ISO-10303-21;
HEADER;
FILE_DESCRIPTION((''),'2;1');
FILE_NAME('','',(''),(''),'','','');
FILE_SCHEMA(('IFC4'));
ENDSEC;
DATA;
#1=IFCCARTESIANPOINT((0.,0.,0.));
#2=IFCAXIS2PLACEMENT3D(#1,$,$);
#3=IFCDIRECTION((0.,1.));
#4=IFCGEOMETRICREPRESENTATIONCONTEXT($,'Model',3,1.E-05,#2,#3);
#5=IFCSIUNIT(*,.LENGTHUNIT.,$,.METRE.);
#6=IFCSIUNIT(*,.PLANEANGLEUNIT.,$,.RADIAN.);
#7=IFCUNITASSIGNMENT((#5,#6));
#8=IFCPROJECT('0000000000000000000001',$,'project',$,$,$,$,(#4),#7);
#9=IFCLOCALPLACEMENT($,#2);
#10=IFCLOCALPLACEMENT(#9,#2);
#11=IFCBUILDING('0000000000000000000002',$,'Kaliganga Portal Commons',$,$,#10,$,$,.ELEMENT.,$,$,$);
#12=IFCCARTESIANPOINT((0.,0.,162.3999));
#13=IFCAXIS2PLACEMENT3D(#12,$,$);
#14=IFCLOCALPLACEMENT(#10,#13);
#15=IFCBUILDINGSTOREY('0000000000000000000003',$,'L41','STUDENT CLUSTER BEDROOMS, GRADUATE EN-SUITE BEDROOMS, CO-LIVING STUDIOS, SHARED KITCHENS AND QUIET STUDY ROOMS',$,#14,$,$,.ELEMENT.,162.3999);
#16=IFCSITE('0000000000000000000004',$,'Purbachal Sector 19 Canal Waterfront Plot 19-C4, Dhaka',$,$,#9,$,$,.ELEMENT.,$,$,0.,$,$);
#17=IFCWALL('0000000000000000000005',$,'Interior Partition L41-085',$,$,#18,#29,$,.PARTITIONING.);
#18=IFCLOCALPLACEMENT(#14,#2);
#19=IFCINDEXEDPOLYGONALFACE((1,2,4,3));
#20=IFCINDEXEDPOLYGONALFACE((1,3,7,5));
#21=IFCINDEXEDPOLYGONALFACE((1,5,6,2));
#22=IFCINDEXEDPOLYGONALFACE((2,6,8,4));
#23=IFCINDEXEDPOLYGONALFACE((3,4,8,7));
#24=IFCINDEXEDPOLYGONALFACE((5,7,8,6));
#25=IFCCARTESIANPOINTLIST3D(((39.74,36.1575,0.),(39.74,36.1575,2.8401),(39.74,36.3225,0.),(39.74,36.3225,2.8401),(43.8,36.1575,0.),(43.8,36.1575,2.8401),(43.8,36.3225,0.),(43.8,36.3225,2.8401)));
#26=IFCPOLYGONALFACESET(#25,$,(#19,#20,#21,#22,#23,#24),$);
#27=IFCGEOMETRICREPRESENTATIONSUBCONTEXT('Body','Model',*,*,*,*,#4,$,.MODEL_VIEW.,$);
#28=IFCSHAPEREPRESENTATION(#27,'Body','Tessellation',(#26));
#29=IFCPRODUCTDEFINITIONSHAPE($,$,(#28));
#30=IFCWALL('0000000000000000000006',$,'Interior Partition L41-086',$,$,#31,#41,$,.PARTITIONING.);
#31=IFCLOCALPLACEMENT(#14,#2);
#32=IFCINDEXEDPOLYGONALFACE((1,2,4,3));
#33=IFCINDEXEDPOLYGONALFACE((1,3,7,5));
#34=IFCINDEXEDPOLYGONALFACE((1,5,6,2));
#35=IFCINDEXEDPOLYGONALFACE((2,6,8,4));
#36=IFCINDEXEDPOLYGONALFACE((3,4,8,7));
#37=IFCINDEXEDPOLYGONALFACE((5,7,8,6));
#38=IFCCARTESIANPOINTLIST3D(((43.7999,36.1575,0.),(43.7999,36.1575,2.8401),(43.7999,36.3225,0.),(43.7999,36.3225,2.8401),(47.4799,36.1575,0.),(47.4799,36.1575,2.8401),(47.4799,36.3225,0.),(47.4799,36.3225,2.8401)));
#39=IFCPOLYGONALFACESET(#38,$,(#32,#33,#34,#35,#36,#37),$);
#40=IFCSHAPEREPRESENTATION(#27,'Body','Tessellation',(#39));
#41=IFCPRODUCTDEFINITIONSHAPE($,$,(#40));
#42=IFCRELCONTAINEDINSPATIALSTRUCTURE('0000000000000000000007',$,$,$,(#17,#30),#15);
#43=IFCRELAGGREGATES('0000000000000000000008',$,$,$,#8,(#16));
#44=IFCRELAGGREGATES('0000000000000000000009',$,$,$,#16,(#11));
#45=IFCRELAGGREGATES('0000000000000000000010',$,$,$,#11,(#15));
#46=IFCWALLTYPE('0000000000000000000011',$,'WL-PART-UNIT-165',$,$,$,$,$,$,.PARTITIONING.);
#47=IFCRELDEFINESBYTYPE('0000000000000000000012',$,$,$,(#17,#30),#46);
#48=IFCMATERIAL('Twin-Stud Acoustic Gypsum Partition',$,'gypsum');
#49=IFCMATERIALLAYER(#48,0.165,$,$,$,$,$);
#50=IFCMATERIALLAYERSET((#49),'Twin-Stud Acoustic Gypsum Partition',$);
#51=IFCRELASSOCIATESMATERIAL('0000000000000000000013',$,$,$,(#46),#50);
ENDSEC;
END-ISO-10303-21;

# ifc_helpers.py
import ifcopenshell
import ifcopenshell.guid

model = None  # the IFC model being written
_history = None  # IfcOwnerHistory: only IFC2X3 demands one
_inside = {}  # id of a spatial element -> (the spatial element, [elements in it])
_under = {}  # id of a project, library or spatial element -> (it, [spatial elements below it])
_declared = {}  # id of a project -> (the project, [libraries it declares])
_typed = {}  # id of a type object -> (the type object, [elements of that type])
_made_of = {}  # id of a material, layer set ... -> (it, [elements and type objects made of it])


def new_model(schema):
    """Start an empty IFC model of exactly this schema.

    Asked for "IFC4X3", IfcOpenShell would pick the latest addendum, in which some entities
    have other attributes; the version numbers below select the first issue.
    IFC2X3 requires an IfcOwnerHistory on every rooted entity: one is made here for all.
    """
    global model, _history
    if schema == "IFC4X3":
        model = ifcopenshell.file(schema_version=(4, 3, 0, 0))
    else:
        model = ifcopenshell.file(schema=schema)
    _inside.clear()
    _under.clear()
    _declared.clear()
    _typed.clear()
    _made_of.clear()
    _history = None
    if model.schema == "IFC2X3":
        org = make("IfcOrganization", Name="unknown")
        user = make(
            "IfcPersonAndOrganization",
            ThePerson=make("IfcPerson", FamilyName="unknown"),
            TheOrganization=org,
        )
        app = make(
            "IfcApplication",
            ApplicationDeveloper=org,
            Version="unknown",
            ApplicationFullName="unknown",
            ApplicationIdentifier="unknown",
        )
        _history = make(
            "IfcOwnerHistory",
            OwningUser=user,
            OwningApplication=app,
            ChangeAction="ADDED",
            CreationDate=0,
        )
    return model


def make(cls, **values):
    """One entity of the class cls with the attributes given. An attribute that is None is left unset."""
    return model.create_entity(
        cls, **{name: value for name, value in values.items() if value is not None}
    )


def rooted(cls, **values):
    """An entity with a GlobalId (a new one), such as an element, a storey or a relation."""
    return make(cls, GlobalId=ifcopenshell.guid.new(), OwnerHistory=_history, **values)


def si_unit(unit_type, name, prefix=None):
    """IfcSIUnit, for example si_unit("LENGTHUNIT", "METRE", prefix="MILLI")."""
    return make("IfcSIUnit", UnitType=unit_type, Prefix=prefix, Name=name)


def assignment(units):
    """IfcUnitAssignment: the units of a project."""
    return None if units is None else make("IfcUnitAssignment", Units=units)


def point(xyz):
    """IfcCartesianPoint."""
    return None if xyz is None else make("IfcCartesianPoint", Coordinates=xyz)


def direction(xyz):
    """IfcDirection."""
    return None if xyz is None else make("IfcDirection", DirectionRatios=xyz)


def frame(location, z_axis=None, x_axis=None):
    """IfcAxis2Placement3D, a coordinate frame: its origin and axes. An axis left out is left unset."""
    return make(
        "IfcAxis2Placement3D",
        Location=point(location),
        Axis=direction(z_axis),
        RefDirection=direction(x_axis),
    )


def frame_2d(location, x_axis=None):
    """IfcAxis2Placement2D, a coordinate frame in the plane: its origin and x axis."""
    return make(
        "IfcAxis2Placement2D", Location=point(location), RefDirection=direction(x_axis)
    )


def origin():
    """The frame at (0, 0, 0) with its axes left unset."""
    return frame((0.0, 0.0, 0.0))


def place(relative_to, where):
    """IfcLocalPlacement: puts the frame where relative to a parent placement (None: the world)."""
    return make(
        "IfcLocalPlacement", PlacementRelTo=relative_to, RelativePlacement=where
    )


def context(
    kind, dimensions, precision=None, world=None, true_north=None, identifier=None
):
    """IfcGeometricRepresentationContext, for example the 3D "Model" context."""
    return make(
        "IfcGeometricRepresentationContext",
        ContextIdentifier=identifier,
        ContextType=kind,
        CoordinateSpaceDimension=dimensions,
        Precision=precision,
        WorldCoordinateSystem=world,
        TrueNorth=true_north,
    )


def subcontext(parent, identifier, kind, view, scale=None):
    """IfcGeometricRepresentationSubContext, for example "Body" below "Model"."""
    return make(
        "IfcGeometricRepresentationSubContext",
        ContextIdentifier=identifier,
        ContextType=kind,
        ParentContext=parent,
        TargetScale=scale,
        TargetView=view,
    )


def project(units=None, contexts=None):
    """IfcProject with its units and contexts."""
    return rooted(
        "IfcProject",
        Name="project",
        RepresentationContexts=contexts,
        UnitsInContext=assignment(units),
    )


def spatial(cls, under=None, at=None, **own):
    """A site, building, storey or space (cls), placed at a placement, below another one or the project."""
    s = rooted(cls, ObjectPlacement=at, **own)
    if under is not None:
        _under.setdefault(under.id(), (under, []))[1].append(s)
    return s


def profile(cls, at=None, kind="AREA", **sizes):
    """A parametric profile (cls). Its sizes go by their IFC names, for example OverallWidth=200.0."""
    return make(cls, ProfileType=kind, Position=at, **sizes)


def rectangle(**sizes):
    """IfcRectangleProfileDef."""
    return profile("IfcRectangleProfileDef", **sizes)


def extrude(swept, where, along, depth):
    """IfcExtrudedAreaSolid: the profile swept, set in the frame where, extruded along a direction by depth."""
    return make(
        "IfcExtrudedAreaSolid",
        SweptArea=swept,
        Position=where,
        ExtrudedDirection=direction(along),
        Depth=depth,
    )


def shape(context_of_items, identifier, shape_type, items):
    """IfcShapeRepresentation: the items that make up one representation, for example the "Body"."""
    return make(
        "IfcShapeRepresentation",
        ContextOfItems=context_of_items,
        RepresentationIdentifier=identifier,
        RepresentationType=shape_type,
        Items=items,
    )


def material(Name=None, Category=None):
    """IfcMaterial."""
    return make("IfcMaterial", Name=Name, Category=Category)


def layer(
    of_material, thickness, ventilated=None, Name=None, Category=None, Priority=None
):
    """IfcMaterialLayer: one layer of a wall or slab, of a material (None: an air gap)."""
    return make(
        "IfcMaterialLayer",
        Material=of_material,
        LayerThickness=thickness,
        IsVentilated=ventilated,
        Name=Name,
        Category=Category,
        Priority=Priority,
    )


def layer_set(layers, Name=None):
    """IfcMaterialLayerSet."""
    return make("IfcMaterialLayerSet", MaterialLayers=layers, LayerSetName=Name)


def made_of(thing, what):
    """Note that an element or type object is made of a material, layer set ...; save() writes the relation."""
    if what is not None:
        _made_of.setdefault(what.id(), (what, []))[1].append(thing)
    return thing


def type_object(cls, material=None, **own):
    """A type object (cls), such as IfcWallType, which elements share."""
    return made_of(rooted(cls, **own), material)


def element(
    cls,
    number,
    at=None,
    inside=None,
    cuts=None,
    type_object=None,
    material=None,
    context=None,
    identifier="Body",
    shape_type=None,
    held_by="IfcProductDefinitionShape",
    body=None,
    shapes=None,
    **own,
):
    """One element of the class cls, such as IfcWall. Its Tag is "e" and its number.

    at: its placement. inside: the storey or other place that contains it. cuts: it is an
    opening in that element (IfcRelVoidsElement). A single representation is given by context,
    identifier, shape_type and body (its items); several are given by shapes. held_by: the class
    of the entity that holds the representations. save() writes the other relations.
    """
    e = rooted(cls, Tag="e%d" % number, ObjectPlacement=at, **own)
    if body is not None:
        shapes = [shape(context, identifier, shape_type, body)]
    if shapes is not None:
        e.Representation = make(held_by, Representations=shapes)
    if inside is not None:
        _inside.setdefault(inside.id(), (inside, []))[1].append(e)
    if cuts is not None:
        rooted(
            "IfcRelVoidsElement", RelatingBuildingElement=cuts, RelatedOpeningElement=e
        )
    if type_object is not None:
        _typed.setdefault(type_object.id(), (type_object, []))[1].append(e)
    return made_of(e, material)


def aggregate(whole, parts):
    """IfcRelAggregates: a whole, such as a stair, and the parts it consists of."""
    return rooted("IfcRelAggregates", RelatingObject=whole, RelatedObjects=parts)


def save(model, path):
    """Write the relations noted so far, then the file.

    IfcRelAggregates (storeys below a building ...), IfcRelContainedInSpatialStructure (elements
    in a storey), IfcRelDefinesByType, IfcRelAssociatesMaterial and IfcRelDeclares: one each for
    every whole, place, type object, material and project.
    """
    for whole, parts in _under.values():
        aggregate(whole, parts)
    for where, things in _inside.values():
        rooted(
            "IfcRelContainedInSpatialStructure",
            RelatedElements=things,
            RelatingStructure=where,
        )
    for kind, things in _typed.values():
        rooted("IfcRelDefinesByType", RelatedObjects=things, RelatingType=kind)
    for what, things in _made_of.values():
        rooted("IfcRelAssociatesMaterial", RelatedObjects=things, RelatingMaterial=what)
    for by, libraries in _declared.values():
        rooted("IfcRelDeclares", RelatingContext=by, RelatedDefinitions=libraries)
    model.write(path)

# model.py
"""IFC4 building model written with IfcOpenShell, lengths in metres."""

from ifc_helpers import new_model, si_unit, direction, frame, frame_2d, origin, place, context, subcontext, project, spatial, rectangle, extrude, material, layer, layer_set, type_object, element, save


model = new_model("IFC4")

# Units and contexts
model_context = context("Model", 3, precision=1e-05, world=origin(), true_north=direction((0.0, 1.0)))
body_context = subcontext(model_context, "Body", "Model", "MODEL_VIEW")
ifc_project = project(units=[si_unit("LENGTHUNIT", "METRE"), si_unit("PLANEANGLEUNIT", "RADIAN")], contexts=[model_context])

# Site, building, storey
site_placement = place(None, origin())
site = spatial("IfcSite", under=ifc_project, at=site_placement, Name="Purbachal Sector 19 Canal Waterfront Plot 19-C4, Dhaka", CompositionType="ELEMENT", RefElevation=0.0)
building_placement = place(site_placement, origin())
building = spatial("IfcBuilding", under=site, at=building_placement, Name="Kaliganga Portal Commons", CompositionType="ELEMENT")
storey_placement = place(building_placement, frame((0.0, 0.0, 162.3999)))
storey = spatial("IfcBuildingStorey", under=building, at=storey_placement, Name="L41", Description="STUDENT CLUSTER BEDROOMS, GRADUATE EN-SUITE BEDROOMS, CO-LIVING STUDIOS, SHARED KITCHENS AND QUIET STUDY ROOMS", CompositionType="ELEMENT", Elevation=162.3999)

# Walls
ifc_material_1 = material(Name="Twin-Stud Acoustic Gypsum Partition", Category="gypsum")
ifc_layer_1 = layer(ifc_material_1, 0.165)
ifc_layer_set_1 = layer_set([ifc_layer_1], Name="Twin-Stud Acoustic Gypsum Partition")
wall_type_1 = type_object("IfcWallType", Name="WL-PART-UNIT-165", PredefinedType="PARTITIONING", material=ifc_layer_set_1)
wall_1_placement = place(storey_placement, frame((39.74, 36.24, 0.0), z_axis=(0.0, 0.0, 1.0), x_axis=(1.0, 0.0, 0.0)))
element("IfcWall", 1, at=wall_1_placement, inside=storey, type_object=wall_type_1, Name="Interior Partition L41-085", PredefinedType="PARTITIONING", context=body_context, shape_type="SweptSolid", body=[
    extrude(rectangle(XDim=4.0601, YDim=0.165, at=frame_2d((2.03, 0.0))), origin(), (0.0, 0.0, 1.0), 2.8401),
])
wall_2_placement = place(storey_placement, frame((43.8, 36.24, 0.0), z_axis=(0.0, 0.0, 1.0), x_axis=(1.0, 0.0, 0.0)))
element("IfcWall", 2, at=wall_2_placement, inside=storey, type_object=wall_type_1, Name="Interior Partition L41-086", PredefinedType="PARTITIONING", context=body_context, shape_type="SweptSolid", body=[
    extrude(rectangle(XDim=3.6799, YDim=0.165, at=frame_2d((1.8398, 0.0))), origin(), (0.0, 0.0, 1.0), 2.8401),
])

save(model, "model.ifc")
